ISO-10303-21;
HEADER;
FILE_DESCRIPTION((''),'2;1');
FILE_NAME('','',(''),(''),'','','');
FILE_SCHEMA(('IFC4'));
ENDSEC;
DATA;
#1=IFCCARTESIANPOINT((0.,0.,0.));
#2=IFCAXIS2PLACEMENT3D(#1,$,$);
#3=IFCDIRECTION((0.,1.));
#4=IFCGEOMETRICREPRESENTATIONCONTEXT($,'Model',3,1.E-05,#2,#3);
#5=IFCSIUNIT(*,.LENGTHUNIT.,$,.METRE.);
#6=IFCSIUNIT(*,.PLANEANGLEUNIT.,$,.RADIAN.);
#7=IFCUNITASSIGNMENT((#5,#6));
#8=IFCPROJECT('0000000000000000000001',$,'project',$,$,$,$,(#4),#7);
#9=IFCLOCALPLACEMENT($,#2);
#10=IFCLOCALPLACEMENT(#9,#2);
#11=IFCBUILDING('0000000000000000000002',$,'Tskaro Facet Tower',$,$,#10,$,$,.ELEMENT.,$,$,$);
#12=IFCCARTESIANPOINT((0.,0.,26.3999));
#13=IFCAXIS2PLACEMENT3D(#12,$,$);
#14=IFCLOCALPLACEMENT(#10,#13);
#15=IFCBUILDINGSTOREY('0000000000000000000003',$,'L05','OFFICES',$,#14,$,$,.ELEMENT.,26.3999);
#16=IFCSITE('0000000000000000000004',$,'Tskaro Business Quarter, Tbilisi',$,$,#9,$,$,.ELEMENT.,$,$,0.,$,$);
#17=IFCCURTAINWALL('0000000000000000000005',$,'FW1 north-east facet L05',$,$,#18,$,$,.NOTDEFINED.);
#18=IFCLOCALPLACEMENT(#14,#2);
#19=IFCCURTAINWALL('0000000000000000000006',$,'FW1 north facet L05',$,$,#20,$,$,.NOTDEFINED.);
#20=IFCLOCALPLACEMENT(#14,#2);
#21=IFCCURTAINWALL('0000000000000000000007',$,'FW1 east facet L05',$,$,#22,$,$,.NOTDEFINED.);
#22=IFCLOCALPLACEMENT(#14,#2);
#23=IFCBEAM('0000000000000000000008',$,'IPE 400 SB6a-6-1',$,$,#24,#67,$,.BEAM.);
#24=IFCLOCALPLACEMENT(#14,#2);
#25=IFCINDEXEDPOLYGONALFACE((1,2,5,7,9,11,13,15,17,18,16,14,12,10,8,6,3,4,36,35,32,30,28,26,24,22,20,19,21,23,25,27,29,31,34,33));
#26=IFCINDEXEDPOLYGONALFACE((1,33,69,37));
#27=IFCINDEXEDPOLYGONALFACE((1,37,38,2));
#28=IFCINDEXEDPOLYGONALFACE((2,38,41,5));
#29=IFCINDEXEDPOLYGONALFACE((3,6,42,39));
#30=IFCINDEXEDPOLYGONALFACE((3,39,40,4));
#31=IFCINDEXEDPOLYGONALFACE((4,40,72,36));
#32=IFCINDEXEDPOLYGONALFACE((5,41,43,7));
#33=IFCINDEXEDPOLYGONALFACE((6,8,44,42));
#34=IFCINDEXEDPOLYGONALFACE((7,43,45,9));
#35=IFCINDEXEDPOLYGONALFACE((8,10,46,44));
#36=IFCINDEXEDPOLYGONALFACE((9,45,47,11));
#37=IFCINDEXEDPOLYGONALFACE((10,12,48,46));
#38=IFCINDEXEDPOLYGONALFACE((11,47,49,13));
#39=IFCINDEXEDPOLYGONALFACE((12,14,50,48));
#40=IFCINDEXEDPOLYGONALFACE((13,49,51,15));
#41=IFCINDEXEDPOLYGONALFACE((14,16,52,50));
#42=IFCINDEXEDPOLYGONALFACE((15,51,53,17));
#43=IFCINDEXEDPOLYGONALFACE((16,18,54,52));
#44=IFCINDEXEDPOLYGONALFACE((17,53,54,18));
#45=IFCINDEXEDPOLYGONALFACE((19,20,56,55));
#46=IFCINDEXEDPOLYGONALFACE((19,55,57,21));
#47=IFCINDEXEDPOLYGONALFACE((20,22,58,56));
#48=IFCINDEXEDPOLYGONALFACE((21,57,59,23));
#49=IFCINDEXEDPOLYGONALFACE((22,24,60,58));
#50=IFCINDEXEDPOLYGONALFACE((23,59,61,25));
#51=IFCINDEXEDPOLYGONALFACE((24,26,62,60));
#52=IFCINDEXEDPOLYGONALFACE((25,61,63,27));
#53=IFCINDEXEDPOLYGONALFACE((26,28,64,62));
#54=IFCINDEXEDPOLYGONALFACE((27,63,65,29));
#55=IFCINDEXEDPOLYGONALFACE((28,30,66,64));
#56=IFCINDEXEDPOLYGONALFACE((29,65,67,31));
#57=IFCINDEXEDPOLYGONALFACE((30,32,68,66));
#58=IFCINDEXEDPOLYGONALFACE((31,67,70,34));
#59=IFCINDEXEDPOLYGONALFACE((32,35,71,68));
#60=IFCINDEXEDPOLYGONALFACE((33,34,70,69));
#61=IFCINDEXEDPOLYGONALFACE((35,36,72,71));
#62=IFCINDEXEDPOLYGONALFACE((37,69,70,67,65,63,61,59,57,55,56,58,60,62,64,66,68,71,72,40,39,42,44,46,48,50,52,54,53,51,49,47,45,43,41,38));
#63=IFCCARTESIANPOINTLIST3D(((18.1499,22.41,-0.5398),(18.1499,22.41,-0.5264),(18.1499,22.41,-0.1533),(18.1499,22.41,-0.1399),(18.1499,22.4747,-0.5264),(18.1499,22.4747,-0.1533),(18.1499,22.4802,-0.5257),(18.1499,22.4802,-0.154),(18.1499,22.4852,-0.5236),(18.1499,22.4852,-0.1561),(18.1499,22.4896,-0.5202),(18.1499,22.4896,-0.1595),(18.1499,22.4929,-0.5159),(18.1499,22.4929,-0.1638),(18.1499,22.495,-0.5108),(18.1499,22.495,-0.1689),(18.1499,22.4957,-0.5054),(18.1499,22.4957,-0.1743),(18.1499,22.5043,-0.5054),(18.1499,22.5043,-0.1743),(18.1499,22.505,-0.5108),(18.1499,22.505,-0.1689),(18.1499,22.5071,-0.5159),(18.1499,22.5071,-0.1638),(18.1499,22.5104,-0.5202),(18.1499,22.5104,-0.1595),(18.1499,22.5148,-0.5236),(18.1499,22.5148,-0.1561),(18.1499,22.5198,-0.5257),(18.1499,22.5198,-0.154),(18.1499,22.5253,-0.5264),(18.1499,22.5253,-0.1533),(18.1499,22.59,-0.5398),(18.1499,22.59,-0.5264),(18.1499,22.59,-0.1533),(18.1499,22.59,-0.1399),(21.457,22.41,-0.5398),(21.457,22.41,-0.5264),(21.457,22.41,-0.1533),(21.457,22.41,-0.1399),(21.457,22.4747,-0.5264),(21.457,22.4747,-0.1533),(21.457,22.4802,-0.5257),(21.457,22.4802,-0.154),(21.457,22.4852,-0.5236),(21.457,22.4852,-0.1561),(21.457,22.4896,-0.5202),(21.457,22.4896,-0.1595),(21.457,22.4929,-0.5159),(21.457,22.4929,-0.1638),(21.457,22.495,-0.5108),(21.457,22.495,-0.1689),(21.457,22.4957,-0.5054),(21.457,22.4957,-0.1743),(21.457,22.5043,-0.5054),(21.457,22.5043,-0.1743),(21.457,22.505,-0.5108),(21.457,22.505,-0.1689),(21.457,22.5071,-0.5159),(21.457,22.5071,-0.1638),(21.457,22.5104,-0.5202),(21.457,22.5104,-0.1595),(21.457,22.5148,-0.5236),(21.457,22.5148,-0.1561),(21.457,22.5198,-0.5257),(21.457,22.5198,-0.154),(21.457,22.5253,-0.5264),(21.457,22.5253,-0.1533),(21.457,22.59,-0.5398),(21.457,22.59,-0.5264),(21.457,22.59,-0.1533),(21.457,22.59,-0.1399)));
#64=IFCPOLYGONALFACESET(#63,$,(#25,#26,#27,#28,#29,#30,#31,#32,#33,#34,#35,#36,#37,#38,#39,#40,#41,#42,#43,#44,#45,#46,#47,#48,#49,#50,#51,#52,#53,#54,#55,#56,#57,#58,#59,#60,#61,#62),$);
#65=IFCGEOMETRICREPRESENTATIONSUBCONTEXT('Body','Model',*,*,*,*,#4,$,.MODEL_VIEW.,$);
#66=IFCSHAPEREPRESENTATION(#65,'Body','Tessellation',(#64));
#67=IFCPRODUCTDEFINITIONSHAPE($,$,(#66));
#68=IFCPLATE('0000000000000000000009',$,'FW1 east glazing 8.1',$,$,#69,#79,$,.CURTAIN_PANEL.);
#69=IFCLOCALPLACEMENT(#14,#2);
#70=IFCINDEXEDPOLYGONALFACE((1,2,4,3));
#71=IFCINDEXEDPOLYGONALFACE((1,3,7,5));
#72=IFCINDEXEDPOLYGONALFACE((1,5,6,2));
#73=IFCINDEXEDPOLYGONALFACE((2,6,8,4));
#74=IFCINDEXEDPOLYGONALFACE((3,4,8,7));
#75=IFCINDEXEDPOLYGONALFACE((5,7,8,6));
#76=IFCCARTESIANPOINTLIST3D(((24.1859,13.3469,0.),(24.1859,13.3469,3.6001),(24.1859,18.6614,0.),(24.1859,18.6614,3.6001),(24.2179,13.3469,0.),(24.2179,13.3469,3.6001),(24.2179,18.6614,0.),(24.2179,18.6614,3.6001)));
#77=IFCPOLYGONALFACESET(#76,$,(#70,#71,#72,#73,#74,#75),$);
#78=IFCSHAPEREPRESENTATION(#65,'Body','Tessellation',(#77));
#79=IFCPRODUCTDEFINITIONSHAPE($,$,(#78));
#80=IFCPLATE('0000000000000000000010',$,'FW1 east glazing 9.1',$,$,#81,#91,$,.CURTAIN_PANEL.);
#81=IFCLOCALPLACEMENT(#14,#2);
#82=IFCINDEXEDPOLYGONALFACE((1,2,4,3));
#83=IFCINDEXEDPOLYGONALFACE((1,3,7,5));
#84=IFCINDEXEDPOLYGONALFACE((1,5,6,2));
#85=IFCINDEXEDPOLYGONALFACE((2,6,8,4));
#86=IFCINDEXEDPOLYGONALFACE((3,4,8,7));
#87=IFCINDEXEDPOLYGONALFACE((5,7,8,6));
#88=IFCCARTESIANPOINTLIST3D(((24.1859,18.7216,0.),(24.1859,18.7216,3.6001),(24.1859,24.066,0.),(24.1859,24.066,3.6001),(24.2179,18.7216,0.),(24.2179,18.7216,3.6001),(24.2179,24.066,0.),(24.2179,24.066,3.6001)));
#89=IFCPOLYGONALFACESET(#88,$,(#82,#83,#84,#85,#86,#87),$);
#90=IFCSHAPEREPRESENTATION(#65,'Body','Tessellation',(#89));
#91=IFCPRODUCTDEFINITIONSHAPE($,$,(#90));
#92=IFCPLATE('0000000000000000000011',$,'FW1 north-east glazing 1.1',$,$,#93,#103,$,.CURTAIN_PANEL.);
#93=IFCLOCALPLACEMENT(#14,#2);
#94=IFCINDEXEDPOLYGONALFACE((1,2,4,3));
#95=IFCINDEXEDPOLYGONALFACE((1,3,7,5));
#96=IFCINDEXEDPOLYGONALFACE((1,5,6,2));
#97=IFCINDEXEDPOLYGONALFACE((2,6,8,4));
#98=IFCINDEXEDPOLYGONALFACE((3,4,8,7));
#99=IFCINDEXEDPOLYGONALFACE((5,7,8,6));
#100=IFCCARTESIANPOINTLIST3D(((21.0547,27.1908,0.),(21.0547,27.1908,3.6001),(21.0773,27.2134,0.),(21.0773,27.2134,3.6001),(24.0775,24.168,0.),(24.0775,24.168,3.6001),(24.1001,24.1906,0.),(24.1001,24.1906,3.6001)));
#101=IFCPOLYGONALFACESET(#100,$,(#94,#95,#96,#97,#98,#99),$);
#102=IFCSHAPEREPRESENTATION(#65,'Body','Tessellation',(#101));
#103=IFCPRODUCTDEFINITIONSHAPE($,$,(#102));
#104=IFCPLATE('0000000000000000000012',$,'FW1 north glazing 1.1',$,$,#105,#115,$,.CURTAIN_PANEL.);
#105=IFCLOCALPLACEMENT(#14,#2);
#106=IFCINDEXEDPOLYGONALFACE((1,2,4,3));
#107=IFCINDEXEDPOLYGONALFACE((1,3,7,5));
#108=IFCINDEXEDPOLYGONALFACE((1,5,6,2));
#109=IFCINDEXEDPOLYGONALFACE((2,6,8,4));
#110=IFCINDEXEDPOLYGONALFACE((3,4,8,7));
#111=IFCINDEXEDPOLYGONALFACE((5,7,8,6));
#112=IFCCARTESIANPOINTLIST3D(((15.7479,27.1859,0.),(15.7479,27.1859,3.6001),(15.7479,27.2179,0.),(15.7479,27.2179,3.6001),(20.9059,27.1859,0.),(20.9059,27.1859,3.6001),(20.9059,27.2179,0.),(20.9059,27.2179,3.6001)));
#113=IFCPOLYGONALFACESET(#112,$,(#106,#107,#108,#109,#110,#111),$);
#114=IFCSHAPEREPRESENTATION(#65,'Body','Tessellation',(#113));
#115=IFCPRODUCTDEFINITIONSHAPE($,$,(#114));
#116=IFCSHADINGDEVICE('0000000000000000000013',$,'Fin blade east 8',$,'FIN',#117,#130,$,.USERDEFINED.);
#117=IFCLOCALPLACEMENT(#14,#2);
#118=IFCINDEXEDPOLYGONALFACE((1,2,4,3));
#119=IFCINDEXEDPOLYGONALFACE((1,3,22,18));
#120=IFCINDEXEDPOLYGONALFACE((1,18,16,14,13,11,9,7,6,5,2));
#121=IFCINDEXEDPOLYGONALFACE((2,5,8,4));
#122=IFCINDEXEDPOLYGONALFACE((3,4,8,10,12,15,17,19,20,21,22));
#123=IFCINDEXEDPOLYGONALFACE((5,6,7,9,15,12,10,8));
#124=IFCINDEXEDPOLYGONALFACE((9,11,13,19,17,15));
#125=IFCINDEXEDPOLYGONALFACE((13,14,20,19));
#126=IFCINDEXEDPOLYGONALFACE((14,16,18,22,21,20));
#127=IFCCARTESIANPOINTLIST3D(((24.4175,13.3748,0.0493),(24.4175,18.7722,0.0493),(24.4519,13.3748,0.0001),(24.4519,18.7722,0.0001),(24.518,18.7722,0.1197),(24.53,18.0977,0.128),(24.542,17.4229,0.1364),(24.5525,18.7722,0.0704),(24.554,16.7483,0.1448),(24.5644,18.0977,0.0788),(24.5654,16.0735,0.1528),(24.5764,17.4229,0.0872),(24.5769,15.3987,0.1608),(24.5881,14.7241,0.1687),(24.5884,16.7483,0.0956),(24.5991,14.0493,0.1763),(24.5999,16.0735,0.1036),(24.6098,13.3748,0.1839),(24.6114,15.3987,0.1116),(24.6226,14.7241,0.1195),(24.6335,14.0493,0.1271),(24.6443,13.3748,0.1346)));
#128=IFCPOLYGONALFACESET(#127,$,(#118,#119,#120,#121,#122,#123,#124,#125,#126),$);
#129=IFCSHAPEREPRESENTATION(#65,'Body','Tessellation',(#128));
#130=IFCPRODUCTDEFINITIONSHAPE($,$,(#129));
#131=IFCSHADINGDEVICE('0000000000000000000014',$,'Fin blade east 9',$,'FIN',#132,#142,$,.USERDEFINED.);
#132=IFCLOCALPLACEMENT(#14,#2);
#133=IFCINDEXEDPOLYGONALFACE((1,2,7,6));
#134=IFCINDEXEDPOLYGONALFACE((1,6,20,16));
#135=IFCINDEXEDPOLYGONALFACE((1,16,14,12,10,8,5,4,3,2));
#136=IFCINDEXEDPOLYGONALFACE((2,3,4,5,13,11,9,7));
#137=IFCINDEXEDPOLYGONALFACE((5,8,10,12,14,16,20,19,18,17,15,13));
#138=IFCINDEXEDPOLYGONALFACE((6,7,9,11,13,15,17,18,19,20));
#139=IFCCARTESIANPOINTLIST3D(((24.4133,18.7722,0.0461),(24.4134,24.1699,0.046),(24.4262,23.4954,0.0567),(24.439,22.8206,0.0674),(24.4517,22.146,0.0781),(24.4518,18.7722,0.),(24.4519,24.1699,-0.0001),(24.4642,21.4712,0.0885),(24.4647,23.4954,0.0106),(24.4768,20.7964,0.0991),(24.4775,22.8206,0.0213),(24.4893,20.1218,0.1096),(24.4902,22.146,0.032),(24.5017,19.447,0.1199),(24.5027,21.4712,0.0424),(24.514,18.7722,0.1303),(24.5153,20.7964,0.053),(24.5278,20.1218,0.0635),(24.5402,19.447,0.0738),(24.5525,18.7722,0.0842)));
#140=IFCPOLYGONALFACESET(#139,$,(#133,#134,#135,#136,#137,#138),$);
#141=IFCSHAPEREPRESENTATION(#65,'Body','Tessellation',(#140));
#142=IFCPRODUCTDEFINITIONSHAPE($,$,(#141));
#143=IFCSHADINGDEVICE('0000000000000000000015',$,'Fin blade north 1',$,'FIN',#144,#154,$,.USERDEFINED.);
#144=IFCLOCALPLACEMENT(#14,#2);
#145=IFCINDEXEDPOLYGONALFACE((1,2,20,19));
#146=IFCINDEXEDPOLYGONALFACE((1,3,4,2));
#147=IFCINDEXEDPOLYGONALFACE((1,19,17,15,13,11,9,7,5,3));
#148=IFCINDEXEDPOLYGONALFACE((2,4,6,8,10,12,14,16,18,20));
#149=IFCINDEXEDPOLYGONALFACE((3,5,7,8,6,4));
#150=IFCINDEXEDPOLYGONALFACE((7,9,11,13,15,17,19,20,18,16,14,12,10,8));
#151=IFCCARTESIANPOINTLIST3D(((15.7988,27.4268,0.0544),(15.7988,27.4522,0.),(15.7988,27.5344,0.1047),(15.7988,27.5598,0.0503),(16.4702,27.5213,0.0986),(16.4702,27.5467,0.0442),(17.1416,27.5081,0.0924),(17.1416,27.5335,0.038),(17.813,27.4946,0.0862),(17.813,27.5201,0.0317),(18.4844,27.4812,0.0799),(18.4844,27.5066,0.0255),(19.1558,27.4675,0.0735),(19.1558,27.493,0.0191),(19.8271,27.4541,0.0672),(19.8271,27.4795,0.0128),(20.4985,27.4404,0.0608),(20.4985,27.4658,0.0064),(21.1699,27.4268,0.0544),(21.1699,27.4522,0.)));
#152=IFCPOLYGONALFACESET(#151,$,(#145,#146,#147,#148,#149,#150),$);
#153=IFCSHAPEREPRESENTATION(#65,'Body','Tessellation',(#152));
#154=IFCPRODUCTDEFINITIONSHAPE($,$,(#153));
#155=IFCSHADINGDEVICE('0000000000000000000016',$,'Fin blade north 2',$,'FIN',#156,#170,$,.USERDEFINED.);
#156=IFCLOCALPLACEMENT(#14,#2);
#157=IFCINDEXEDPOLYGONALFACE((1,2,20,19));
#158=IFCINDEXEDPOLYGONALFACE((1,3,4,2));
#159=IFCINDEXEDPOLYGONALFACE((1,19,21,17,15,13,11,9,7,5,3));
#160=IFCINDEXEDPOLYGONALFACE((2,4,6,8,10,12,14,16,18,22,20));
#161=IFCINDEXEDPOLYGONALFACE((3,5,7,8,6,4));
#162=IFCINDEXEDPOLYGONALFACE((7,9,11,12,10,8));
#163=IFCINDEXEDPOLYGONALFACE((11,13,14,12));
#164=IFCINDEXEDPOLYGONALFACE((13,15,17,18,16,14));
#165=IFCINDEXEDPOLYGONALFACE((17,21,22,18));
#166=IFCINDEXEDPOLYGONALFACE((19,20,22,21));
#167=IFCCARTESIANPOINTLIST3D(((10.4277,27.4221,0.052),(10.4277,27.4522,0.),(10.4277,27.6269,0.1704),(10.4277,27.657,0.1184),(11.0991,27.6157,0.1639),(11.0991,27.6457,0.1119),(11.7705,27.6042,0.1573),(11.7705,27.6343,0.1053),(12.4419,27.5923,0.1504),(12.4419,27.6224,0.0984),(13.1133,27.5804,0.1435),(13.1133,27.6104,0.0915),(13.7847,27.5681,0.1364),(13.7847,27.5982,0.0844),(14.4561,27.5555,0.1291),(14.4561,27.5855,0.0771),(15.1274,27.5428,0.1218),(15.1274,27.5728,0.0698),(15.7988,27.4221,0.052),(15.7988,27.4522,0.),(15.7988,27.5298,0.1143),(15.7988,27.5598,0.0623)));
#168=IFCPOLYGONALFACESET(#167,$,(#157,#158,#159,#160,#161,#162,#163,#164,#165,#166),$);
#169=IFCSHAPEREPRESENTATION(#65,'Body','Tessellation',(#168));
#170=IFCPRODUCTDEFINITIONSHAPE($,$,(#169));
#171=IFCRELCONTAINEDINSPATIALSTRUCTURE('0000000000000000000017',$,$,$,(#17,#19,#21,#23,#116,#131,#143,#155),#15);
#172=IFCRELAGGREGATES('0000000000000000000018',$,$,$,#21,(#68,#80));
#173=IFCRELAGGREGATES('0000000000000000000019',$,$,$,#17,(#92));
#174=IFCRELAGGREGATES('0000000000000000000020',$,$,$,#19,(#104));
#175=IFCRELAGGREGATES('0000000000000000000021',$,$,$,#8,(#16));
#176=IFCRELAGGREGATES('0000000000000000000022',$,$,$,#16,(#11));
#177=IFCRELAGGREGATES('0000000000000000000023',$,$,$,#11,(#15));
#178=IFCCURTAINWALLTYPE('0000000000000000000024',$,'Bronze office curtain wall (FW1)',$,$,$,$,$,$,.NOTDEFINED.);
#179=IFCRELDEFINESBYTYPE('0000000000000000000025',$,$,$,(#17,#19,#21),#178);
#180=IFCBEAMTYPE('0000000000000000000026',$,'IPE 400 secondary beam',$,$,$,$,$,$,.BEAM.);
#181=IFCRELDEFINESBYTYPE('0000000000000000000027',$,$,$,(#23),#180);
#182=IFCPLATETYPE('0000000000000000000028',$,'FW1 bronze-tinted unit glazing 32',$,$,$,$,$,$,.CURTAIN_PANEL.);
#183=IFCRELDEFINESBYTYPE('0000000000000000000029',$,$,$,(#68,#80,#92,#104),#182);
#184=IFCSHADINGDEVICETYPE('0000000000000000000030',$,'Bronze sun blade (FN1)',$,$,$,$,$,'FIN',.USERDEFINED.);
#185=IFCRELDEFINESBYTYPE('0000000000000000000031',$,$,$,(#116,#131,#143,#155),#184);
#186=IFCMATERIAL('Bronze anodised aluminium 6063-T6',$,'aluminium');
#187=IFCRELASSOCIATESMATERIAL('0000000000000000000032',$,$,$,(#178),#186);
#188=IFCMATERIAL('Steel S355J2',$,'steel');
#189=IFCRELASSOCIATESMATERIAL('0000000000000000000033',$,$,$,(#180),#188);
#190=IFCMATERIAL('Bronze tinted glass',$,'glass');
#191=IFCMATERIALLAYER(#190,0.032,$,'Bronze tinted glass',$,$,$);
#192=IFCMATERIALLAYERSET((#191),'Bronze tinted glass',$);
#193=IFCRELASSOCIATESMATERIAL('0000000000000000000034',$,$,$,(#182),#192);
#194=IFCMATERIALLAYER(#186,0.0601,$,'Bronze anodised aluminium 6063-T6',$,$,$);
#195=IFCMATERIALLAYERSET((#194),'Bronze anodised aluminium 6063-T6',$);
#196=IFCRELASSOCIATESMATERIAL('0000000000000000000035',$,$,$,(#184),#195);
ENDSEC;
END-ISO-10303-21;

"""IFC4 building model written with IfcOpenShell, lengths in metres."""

from ifc_helpers import new_model, si_unit, direction, frame, origin, origin_2d, place, context, subcontext, project, spatial, polyline, rectangle, i_section, outline, extrude, material, layer, layer_set, material_profile, profile_set, type_object, element, aggregate, save


model = new_model("IFC4")

# Units and contexts
model_context = context("Model", 3, precision=1e-05, world=origin(), true_north=direction((0.0, 1.0)))
body_context = subcontext(model_context, "Body", "Model", "MODEL_VIEW")
ifc_project = project(units=[si_unit("LENGTHUNIT", "METRE"), si_unit("PLANEANGLEUNIT", "RADIAN")], contexts=[model_context])

# Site, building, storey
site_placement = place(None, origin())
site = spatial("IfcSite", under=ifc_project, at=site_placement, Name="Tskaro Business Quarter, Tbilisi", CompositionType="ELEMENT", RefElevation=0.0)
building_placement = place(site_placement, origin())
building = spatial("IfcBuilding", under=site, at=building_placement, Name="Tskaro Facet Tower", CompositionType="ELEMENT")
storey_placement = place(building_placement, frame((0.0, 0.0, 26.3999)))
storey = spatial("IfcBuildingStorey", under=building, at=storey_placement, Name="L05", Description="OFFICES", CompositionType="ELEMENT", Elevation=26.3999)

# Curtain walls
ifc_material_1 = material(Name="Bronze anodised aluminium 6063-T6", Category="aluminium")
curtain_wall_type = type_object("IfcCurtainWallType", Name="Bronze office curtain wall (FW1)", PredefinedType="NOTDEFINED", material=ifc_material_1)
curtain_wall_1_placement = place(storey_placement, origin())
curtain_wall_1 = element("IfcCurtainWall", 1, at=curtain_wall_1_placement, inside=storey, type_object=curtain_wall_type, Name="FW1 north-east facet L05", PredefinedType="NOTDEFINED")
curtain_wall_2_placement = place(storey_placement, origin())
curtain_wall_2 = element("IfcCurtainWall", 2, at=curtain_wall_2_placement, inside=storey, type_object=curtain_wall_type, Name="FW1 north facet L05", PredefinedType="NOTDEFINED")
curtain_wall_3_placement = place(storey_placement, origin())
curtain_wall_3 = element("IfcCurtainWall", 3, at=curtain_wall_3_placement, inside=storey, type_object=curtain_wall_type, Name="FW1 east facet L05", PredefinedType="NOTDEFINED")

# Beam
ifc_material_2 = material(Name="Steel S355J2", Category="steel")
ifc_material_profile_1 = material_profile(ifc_material_2, i_section(OverallWidth=0.1799, OverallDepth=0.3999, WebThickness=0.0085, FlangeThickness=0.0134, FilletRadius=0.021, at=origin_2d()), Name="IPE 400")
ifc_profile_set_1 = profile_set([ifc_material_profile_1], Name="Steel S355J2")
beam_type_1 = type_object("IfcBeamType", Name="IPE 400 secondary beam", PredefinedType="BEAM", material=ifc_profile_set_1)
beam_1_placement = place(storey_placement, frame((18.1499, 22.5, -0.3398), z_axis=(1.0, 0.0, 0.0), x_axis=(0.0, 1.0, 0.0)))
element("IfcBeam", 4, at=beam_1_placement, inside=storey, type_object=beam_type_1, Name="IPE 400 SB6a-6-1", PredefinedType="BEAM", context=body_context, shape_type="SweptSolid", body=[
    extrude(i_section(OverallWidth=0.1799, OverallDepth=0.3999, WebThickness=0.0085, FlangeThickness=0.0134, FilletRadius=0.021, at=origin_2d()), origin(), (0.0, 0.0, 1.0), 3.3071),
])

# Plates
ifc_material_3 = material(Name="Bronze tinted glass", Category="glass")
ifc_layer_1 = layer(ifc_material_3, 0.032, Name="Bronze tinted glass")
ifc_layer_set_1 = layer_set([ifc_layer_1], Name="Bronze tinted glass")
plate_type = type_object("IfcPlateType", Name="FW1 bronze-tinted unit glazing 32", PredefinedType="CURTAIN_PANEL", material=ifc_layer_set_1)
plate_1_placement = place(storey_placement, frame((24.2019, 16.0042, 0.0), z_axis=(0.0, 0.0, 1.0), x_axis=(0.0, 1.0, 0.0)))
plate_1 = element("IfcPlate", 5, at=plate_1_placement, type_object=plate_type, Name="FW1 east glazing 8.1", PredefinedType="CURTAIN_PANEL", context=body_context, shape_type="SweptSolid", body=[
    extrude(rectangle(XDim=5.3145, YDim=0.032, at=origin_2d()), origin(), (0.0, 0.0, 1.0), 3.6001),
])
plate_2_placement = place(storey_placement, frame((24.2019, 21.3938, 0.0), z_axis=(0.0, 0.0, 1.0), x_axis=(0.0, 1.0, 0.0)))
plate_2 = element("IfcPlate", 6, at=plate_2_placement, type_object=plate_type, Name="FW1 east glazing 9.1", PredefinedType="CURTAIN_PANEL", context=body_context, shape_type="SweptSolid", body=[
    extrude(rectangle(XDim=5.3445, YDim=0.032, at=origin_2d()), origin(), (0.0, 0.0, 1.0), 3.6001),
])
aggregate(curtain_wall_3, [plate_1, plate_2])
plate_3_placement = place(storey_placement, frame((22.5774, 25.6907, 0.0), z_axis=(0.0, 0.0, 1.0), x_axis=(-0.707107, 0.707107, 0.0)))
plate_3 = element("IfcPlate", 7, at=plate_3_placement, type_object=plate_type, Name="FW1 north-east glazing 1.1", PredefinedType="CURTAIN_PANEL", context=body_context, shape_type="SweptSolid", body=[
    extrude(rectangle(XDim=4.2749, YDim=0.032, at=origin_2d()), origin(), (0.0, 0.0, 1.0), 3.6001),
])
aggregate(curtain_wall_1, [plate_3])
plate_4_placement = place(storey_placement, frame((18.3269, 27.2019, 0.0), z_axis=(0.0, 0.0, 1.0), x_axis=(-1.0, 0.0, 0.0)))
plate_4 = element("IfcPlate", 8, at=plate_4_placement, type_object=plate_type, Name="FW1 north glazing 1.1", PredefinedType="CURTAIN_PANEL", context=body_context, shape_type="SweptSolid", body=[
    extrude(rectangle(XDim=5.158, YDim=0.032, at=origin_2d()), origin(), (0.0, 0.0, 1.0), 3.6001),
])
aggregate(curtain_wall_2, [plate_4])

# Shading devices
ifc_layer_2 = layer(ifc_material_1, 0.0601, Name="Bronze anodised aluminium 6063-T6")
ifc_layer_set_2 = layer_set([ifc_layer_2], Name="Bronze anodised aluminium 6063-T6")
shading_device_type = type_object("IfcShadingDeviceType", Name="Bronze sun blade (FN1)", ElementType="FIN", PredefinedType="USERDEFINED", material=ifc_layer_set_2)
shading_device_1_placement = place(storey_placement, frame((24.4175, 13.3748, 0.0493), z_axis=(-0.573132, -0.000001, 0.819463), x_axis=(-0.000001, 1.0, 0.000001)))
element("IfcShadingDevice", 9, at=shading_device_1_placement, inside=storey, type_object=shading_device_type, Name="Fin blade east 8", ObjectType="FIN", PredefinedType="USERDEFINED", context=body_context, shape_type="SweptSolid", body=[
    extrude(outline(polyline([(0.0, 0.0), (5.3975, 0.0), (5.3975, -0.1227), (4.7229, -0.1373), (4.0481, -0.152), (3.3735, -0.1665), (2.6987, -0.1806), (2.0239, -0.1946), (1.3494, -0.2083), (0.6746, -0.2216), (0.0, -0.2347), (0.0, 0.0)])), origin(), (0.0, 0.0, -1.0), 0.0601),
])
shading_device_2_placement = place(storey_placement, frame((24.4133, 18.7722, 0.0461), z_axis=(-0.641093, 0.00003, 0.767463), x_axis=(0.000019, 1.0, -0.000023)))
element("IfcShadingDevice", 10, at=shading_device_2_placement, inside=storey, type_object=shading_device_type, Name="Fin blade east 9", ObjectType="FIN", PredefinedType="USERDEFINED", context=body_context, shape_type="SweptSolid", body=[
    extrude(outline(polyline([(0.0, 0.0), (5.3977, 0.0), (4.7231, -0.0167), (4.0483, -0.0333), (3.3738, -0.0499), (2.699, -0.0662), (2.0242, -0.0827), (1.3496, -0.099), (0.6748, -0.1151), (0.0, -0.1312), (0.0, 0.0)])), origin(), (0.0, 0.0, -1.0), 0.0601),
])
shading_device_3_placement = place(storey_placement, frame((21.1699, 27.4268, 0.0544), z_axis=(-0.000001, -0.42329, 0.905994), x_axis=(-1.0, 0.000001, -0.000001)))
element("IfcShadingDevice", 11, at=shading_device_3_placement, inside=storey, type_object=shading_device_type, Name="Fin blade north 1", ObjectType="FIN", PredefinedType="USERDEFINED", context=body_context, shape_type="SweptSolid", body=[
    extrude(outline(polyline([(0.0, 0.0), (5.3711, 0.0), (5.3711, -0.1188), (4.6997, -0.1043), (4.0283, -0.0898), (3.3569, -0.0749), (2.6855, -0.0601), (2.0142, -0.045), (1.3428, -0.0301), (0.6714, -0.0151), (0.0, 0.0)])), origin(), (0.0, 0.0, -1.0), 0.0601),
])
shading_device_4_placement = place(storey_placement, frame((15.7988, 27.4221, 0.052), z_axis=(-0.000004, -0.500593, 0.865683), x_axis=(-1.0, 0.000002, -0.000004)))
element("IfcShadingDevice", 12, at=shading_device_4_placement, inside=storey, type_object=shading_device_type, Name="Fin blade north 2", ObjectType="FIN", PredefinedType="USERDEFINED", context=body_context, shape_type="SweptSolid", body=[
    extrude(outline(polyline([(0.0, 0.0), (5.3711, 0.0), (5.3711, -0.2366), (4.6997, -0.2236), (4.0283, -0.2103), (3.3569, -0.1966), (2.6855, -0.1828), (2.0142, -0.1687), (1.3428, -0.154), (0.6714, -0.1394), (0.0, -0.1244), (0.0, 0.0)])), origin(), (0.0, 0.0, -1.0), 0.0601),
])

save(model, "model.ifc")
